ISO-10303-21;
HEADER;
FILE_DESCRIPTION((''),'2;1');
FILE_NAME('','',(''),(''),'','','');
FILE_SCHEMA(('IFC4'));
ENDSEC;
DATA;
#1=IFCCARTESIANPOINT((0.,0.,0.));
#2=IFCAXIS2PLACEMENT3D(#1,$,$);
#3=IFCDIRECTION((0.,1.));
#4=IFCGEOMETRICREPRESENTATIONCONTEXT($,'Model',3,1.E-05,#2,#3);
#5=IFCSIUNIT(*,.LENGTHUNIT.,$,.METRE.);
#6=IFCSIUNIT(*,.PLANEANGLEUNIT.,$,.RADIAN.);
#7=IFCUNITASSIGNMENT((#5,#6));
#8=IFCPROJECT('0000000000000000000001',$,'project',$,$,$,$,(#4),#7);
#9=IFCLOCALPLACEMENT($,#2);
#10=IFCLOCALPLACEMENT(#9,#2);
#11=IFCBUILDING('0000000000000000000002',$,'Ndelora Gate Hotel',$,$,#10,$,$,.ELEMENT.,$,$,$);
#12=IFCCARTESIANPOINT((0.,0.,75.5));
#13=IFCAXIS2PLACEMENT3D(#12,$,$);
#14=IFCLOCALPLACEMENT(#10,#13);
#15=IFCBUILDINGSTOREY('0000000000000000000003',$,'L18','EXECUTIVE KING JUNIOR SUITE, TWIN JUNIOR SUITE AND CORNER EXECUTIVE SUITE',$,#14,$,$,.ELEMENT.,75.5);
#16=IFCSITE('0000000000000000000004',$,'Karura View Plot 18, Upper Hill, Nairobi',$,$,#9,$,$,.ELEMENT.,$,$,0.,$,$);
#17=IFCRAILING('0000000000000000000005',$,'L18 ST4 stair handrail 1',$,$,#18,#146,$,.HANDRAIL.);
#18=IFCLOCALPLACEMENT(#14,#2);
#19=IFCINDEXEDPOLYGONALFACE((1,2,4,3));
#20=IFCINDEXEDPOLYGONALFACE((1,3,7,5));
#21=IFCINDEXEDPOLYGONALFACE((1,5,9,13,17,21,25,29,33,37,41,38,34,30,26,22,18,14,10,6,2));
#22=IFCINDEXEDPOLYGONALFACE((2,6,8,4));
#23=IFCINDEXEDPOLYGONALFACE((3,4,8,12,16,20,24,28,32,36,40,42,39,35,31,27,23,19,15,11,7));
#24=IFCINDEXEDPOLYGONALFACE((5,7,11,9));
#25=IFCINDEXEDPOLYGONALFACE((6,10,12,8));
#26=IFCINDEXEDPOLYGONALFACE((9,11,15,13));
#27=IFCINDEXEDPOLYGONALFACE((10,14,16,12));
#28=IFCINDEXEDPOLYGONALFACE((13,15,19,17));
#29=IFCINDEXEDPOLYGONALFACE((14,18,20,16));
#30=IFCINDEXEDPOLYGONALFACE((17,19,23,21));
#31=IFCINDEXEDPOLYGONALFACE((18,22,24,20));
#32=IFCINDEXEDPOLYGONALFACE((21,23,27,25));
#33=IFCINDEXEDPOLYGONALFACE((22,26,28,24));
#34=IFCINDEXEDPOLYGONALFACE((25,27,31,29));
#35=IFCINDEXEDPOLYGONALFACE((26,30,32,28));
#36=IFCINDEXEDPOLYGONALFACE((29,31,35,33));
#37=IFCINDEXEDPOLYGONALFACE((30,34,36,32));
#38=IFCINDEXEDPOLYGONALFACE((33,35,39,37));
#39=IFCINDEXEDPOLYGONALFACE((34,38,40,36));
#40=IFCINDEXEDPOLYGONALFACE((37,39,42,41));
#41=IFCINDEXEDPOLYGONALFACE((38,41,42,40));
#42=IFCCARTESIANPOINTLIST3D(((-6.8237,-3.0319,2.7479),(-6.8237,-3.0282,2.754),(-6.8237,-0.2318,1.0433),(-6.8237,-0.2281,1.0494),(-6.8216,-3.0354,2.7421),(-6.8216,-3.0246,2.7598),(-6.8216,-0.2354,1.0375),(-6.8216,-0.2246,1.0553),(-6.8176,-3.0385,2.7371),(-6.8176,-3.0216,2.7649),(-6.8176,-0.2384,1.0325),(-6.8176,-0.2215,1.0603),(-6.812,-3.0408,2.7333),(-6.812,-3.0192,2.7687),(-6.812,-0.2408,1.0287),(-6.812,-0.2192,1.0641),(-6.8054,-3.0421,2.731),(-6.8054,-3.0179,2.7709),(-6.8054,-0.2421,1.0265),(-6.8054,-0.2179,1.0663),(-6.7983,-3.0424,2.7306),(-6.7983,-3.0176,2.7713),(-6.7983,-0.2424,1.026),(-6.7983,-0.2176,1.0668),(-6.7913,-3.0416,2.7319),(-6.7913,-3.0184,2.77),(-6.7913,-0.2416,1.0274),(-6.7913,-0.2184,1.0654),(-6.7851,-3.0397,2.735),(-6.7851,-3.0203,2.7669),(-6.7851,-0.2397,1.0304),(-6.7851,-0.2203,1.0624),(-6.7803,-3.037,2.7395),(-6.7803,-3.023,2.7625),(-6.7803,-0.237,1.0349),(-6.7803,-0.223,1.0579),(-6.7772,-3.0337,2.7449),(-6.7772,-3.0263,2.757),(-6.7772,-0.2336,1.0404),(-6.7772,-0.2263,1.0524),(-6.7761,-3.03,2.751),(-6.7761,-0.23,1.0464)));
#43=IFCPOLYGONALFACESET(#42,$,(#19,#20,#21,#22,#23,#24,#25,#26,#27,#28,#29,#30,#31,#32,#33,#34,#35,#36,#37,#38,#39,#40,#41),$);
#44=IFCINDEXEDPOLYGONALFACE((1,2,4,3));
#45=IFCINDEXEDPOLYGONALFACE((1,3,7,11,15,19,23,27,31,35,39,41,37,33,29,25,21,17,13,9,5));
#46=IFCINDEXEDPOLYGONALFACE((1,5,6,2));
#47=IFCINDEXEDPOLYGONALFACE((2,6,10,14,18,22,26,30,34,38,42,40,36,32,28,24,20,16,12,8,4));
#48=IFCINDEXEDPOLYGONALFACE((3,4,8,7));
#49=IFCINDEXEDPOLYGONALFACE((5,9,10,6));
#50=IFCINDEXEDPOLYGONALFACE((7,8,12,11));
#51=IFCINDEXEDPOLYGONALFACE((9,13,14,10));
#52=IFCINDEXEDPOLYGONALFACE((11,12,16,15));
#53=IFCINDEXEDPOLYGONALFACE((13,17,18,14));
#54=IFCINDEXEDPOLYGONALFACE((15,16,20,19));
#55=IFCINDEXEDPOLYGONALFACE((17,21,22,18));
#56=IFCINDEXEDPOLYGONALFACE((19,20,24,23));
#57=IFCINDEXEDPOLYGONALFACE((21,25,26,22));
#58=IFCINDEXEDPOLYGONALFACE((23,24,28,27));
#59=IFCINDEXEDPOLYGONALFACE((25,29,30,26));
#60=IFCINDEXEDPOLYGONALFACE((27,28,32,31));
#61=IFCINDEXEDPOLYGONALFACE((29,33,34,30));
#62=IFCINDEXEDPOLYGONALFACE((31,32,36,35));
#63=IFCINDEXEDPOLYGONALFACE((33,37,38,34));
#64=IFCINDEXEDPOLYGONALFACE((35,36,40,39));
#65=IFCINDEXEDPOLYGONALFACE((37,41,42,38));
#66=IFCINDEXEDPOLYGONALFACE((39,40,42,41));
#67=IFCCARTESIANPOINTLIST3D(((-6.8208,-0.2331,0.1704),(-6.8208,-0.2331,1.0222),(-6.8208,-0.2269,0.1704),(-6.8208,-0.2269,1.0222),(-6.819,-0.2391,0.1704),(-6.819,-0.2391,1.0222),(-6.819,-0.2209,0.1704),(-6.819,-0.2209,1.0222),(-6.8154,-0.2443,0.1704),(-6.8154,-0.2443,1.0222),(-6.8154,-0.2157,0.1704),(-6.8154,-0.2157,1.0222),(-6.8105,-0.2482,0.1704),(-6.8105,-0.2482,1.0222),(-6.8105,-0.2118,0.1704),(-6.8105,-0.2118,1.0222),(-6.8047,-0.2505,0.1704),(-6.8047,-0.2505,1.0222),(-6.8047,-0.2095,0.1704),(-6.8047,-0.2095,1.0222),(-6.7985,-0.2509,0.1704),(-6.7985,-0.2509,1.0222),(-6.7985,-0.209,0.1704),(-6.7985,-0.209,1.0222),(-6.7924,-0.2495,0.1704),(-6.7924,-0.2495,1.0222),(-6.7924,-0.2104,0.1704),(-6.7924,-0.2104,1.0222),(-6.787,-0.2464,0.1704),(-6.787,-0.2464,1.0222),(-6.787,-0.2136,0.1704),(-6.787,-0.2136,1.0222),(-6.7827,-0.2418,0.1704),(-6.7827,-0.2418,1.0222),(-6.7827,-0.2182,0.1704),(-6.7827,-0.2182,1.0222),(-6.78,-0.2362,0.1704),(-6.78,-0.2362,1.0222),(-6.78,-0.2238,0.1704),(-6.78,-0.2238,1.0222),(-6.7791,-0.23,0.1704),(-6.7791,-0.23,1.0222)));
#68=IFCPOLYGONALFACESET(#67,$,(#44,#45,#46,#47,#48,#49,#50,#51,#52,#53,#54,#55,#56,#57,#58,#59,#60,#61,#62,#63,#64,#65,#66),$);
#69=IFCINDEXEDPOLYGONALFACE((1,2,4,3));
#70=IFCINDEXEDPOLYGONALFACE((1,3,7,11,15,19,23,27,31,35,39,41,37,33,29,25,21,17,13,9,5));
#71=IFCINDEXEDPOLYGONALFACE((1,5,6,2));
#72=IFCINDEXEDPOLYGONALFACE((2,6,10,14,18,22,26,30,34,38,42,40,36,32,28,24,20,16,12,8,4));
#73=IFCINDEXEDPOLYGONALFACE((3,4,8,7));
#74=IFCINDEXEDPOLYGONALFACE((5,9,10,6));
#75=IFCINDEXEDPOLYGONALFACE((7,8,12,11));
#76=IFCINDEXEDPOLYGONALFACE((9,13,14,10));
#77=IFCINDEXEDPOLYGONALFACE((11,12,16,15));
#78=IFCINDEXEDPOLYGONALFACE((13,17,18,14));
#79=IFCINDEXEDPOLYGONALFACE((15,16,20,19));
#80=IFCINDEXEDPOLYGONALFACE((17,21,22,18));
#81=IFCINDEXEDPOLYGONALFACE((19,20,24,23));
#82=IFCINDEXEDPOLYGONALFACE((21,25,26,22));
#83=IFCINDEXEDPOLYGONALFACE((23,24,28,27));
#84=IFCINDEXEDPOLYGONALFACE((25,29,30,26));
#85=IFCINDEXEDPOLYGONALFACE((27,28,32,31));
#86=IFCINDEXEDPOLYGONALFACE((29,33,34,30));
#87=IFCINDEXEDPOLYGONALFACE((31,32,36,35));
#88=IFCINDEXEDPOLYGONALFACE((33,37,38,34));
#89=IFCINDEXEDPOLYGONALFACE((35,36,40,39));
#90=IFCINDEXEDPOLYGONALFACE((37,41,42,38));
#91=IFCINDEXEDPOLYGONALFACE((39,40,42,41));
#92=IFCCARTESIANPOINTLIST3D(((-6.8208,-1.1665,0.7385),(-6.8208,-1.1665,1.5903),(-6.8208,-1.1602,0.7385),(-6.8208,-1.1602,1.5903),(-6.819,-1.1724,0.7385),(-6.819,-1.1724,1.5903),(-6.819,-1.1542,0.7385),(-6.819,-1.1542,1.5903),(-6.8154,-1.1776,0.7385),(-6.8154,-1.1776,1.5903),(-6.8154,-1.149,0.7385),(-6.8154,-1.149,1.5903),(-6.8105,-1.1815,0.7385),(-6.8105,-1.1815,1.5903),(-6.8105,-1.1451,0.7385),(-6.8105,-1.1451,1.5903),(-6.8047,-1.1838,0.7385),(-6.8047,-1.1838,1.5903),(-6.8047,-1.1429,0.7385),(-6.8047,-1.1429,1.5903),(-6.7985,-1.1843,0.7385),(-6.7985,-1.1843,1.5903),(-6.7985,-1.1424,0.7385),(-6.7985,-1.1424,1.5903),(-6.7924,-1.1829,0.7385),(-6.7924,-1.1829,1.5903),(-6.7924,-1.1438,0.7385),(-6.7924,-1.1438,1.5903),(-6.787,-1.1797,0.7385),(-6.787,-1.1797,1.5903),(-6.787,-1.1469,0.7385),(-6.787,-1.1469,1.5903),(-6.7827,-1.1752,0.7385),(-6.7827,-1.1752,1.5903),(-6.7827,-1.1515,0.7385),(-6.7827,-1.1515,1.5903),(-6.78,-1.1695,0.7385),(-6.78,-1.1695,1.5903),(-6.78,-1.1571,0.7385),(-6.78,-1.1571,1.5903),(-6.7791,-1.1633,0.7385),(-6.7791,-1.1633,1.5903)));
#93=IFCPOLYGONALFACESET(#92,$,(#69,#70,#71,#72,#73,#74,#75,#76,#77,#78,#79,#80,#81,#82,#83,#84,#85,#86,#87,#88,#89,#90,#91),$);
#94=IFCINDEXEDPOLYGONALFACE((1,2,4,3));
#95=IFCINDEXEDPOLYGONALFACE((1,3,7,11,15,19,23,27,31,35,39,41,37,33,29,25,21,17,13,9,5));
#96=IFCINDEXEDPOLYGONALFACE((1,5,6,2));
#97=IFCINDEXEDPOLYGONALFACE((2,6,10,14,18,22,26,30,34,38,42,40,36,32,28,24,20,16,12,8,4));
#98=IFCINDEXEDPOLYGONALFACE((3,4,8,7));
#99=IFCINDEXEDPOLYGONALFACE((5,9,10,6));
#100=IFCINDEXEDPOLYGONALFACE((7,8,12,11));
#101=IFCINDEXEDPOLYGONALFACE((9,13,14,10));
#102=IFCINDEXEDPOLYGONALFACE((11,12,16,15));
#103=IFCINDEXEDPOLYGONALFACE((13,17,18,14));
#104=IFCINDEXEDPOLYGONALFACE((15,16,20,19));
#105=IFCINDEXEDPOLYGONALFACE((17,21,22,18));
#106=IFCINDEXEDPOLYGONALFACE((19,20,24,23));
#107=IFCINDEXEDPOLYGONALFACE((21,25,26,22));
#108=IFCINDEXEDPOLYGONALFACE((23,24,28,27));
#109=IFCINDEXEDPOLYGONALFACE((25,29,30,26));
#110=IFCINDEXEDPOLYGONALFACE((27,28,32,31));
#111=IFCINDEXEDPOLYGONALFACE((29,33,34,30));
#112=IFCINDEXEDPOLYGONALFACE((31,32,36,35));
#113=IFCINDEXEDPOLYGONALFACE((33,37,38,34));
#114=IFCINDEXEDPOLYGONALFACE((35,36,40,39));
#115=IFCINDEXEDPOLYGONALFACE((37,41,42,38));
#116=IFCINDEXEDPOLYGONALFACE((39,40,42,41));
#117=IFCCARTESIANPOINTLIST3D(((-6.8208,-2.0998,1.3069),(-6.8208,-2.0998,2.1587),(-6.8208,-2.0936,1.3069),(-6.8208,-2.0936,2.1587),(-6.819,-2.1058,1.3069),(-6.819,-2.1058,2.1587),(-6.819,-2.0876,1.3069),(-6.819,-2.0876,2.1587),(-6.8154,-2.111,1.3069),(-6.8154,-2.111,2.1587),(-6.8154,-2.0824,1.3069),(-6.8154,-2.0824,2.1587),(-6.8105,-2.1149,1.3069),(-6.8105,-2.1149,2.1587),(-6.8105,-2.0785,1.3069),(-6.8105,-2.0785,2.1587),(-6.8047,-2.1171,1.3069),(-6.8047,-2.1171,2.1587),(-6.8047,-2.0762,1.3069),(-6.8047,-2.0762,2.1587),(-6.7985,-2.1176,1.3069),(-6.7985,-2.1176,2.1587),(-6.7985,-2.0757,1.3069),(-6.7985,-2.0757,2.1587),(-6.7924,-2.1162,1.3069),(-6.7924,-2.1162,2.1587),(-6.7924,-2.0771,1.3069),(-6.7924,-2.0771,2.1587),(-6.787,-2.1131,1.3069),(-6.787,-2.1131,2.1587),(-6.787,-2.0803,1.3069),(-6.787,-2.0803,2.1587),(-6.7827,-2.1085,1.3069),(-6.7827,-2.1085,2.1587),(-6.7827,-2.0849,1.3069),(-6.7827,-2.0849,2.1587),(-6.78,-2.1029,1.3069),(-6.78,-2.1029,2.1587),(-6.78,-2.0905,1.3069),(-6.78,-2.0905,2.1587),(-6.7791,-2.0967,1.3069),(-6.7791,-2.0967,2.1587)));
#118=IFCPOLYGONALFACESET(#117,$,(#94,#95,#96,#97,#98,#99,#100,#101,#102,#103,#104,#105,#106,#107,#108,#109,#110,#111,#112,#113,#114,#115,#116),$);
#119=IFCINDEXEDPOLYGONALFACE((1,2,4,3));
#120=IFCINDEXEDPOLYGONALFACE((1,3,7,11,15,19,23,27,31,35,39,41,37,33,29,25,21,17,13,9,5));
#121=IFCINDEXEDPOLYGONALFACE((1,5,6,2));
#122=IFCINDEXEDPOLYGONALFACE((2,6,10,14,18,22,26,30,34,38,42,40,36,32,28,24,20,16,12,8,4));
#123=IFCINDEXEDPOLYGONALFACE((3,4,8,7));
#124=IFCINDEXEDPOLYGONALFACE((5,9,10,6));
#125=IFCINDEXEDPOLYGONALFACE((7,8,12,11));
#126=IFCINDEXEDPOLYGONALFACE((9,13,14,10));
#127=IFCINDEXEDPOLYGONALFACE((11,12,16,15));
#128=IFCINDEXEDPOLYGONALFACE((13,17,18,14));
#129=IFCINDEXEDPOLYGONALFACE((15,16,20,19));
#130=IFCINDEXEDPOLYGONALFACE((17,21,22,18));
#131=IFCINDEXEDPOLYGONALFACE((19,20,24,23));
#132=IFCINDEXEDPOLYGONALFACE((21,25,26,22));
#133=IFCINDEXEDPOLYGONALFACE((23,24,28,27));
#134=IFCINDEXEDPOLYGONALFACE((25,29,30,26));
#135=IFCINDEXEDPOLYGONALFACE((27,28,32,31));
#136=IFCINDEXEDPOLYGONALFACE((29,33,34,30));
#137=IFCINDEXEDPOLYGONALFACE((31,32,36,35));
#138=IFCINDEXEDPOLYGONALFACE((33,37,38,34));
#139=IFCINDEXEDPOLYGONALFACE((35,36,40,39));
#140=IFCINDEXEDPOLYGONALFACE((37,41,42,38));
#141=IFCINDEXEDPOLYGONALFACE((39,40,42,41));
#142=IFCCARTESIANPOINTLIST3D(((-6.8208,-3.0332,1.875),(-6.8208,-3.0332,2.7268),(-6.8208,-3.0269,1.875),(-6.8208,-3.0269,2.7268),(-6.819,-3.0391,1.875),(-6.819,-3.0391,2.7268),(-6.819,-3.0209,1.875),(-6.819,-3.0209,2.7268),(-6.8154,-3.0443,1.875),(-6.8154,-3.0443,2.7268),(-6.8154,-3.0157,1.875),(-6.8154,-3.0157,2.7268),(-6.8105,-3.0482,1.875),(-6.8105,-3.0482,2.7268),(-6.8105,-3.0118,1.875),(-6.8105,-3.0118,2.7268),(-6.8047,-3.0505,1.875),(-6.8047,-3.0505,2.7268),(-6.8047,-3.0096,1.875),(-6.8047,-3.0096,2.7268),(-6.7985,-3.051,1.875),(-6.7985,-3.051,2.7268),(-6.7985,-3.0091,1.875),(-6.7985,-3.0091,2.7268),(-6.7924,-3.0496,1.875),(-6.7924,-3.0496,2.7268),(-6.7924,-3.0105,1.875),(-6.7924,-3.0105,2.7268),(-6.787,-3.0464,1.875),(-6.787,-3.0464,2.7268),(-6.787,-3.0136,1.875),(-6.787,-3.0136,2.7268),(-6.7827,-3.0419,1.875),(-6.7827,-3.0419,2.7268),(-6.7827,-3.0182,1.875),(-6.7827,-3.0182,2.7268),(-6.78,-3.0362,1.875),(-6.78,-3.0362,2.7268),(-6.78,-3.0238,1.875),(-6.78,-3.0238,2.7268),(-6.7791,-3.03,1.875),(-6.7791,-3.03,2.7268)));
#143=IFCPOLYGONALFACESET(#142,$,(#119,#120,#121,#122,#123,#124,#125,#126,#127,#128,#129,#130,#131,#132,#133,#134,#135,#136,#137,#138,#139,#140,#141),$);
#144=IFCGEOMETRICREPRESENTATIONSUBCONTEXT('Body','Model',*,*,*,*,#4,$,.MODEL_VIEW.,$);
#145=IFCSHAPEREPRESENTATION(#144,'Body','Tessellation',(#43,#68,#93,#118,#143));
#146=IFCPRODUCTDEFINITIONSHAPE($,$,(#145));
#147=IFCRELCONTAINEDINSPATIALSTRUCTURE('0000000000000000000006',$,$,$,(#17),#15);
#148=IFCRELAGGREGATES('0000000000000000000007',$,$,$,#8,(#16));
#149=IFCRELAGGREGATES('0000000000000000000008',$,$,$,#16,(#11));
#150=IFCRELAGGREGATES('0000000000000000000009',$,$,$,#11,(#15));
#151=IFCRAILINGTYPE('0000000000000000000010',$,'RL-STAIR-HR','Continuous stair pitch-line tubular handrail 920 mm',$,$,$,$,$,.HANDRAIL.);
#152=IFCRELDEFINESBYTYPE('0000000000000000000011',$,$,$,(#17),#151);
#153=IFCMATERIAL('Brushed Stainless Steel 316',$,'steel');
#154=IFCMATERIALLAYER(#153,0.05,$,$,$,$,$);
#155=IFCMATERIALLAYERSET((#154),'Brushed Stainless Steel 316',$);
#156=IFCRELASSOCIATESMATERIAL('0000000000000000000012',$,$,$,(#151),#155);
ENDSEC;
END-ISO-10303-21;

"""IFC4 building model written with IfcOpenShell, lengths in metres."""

from ifc_helpers import new_model, si_unit, direction, frame, origin, origin_2d, place, context, subcontext, project, spatial, circle, extrude, material, layer, layer_set, type_object, element, save


model = new_model("IFC4")

# Units and contexts
model_context = context("Model", 3, precision=1e-05, world=origin(), true_north=direction((0.0, 1.0)))
body_context = subcontext(model_context, "Body", "Model", "MODEL_VIEW")
ifc_project = project(units=[si_unit("LENGTHUNIT", "METRE"), si_unit("PLANEANGLEUNIT", "RADIAN")], contexts=[model_context])

# Site, building, storey
site_placement = place(None, origin())
site = spatial("IfcSite", under=ifc_project, at=site_placement, Name="Karura View Plot 18, Upper Hill, Nairobi", CompositionType="ELEMENT", RefElevation=0.0)
building_placement = place(site_placement, origin())
building = spatial("IfcBuilding", under=site, at=building_placement, Name="Ndelora Gate Hotel", CompositionType="ELEMENT")
storey_placement = place(building_placement, frame((0.0, 0.0, 75.5)))
storey = spatial("IfcBuildingStorey", under=building, at=storey_placement, Name="L18", Description="EXECUTIVE KING JUNIOR SUITE, TWIN JUNIOR SUITE AND CORNER EXECUTIVE SUITE", CompositionType="ELEMENT", Elevation=75.5)

# Railing
ifc_material_1 = material(Name="Brushed Stainless Steel 316", Category="steel")
ifc_layer_1 = layer(ifc_material_1, 0.05)
ifc_layer_set_1 = layer_set([ifc_layer_1], Name="Brushed Stainless Steel 316")
railing_type_1 = type_object("IfcRailingType", Name="RL-STAIR-HR", Description="Continuous stair pitch-line tubular handrail 920 mm", PredefinedType="HANDRAIL", material=ifc_layer_set_1)
railing_1_placement = place(storey_placement, frame((-6.8, -0.23, 0.1704)))
element("IfcRailing", 1, at=railing_1_placement, inside=storey, type_object=railing_type_1, Name="L18 ST4 stair handrail 1", PredefinedType="HANDRAIL", context=body_context, shape_type="SweptSolid", body=[
    extrude(circle(Radius=0.0239, at=origin_2d()), frame((0.0, 0.0, 0.876), z_axis=(0.0, -0.85417, 0.519994), x_axis=(1.0, 0.0, 0.0)), (0.0, 0.0, 1.0), 3.2781),
    extrude(circle(Radius=0.021, at=origin_2d()), origin(), (0.0, 0.0, 1.0), 0.8518),
    extrude(circle(Radius=0.021, at=origin_2d()), frame((0.0, -0.9333, 0.5681)), (0.0, 0.0, 1.0), 0.8518),
    extrude(circle(Radius=0.021, at=origin_2d()), frame((0.0, -1.8667, 1.1365)), (0.0, 0.0, 1.0), 0.8518),
    extrude(circle(Radius=0.021, at=origin_2d()), frame((0.0, -2.8, 1.7046)), (0.0, 0.0, 1.0), 0.8518),
])

save(model, "model.ifc")
